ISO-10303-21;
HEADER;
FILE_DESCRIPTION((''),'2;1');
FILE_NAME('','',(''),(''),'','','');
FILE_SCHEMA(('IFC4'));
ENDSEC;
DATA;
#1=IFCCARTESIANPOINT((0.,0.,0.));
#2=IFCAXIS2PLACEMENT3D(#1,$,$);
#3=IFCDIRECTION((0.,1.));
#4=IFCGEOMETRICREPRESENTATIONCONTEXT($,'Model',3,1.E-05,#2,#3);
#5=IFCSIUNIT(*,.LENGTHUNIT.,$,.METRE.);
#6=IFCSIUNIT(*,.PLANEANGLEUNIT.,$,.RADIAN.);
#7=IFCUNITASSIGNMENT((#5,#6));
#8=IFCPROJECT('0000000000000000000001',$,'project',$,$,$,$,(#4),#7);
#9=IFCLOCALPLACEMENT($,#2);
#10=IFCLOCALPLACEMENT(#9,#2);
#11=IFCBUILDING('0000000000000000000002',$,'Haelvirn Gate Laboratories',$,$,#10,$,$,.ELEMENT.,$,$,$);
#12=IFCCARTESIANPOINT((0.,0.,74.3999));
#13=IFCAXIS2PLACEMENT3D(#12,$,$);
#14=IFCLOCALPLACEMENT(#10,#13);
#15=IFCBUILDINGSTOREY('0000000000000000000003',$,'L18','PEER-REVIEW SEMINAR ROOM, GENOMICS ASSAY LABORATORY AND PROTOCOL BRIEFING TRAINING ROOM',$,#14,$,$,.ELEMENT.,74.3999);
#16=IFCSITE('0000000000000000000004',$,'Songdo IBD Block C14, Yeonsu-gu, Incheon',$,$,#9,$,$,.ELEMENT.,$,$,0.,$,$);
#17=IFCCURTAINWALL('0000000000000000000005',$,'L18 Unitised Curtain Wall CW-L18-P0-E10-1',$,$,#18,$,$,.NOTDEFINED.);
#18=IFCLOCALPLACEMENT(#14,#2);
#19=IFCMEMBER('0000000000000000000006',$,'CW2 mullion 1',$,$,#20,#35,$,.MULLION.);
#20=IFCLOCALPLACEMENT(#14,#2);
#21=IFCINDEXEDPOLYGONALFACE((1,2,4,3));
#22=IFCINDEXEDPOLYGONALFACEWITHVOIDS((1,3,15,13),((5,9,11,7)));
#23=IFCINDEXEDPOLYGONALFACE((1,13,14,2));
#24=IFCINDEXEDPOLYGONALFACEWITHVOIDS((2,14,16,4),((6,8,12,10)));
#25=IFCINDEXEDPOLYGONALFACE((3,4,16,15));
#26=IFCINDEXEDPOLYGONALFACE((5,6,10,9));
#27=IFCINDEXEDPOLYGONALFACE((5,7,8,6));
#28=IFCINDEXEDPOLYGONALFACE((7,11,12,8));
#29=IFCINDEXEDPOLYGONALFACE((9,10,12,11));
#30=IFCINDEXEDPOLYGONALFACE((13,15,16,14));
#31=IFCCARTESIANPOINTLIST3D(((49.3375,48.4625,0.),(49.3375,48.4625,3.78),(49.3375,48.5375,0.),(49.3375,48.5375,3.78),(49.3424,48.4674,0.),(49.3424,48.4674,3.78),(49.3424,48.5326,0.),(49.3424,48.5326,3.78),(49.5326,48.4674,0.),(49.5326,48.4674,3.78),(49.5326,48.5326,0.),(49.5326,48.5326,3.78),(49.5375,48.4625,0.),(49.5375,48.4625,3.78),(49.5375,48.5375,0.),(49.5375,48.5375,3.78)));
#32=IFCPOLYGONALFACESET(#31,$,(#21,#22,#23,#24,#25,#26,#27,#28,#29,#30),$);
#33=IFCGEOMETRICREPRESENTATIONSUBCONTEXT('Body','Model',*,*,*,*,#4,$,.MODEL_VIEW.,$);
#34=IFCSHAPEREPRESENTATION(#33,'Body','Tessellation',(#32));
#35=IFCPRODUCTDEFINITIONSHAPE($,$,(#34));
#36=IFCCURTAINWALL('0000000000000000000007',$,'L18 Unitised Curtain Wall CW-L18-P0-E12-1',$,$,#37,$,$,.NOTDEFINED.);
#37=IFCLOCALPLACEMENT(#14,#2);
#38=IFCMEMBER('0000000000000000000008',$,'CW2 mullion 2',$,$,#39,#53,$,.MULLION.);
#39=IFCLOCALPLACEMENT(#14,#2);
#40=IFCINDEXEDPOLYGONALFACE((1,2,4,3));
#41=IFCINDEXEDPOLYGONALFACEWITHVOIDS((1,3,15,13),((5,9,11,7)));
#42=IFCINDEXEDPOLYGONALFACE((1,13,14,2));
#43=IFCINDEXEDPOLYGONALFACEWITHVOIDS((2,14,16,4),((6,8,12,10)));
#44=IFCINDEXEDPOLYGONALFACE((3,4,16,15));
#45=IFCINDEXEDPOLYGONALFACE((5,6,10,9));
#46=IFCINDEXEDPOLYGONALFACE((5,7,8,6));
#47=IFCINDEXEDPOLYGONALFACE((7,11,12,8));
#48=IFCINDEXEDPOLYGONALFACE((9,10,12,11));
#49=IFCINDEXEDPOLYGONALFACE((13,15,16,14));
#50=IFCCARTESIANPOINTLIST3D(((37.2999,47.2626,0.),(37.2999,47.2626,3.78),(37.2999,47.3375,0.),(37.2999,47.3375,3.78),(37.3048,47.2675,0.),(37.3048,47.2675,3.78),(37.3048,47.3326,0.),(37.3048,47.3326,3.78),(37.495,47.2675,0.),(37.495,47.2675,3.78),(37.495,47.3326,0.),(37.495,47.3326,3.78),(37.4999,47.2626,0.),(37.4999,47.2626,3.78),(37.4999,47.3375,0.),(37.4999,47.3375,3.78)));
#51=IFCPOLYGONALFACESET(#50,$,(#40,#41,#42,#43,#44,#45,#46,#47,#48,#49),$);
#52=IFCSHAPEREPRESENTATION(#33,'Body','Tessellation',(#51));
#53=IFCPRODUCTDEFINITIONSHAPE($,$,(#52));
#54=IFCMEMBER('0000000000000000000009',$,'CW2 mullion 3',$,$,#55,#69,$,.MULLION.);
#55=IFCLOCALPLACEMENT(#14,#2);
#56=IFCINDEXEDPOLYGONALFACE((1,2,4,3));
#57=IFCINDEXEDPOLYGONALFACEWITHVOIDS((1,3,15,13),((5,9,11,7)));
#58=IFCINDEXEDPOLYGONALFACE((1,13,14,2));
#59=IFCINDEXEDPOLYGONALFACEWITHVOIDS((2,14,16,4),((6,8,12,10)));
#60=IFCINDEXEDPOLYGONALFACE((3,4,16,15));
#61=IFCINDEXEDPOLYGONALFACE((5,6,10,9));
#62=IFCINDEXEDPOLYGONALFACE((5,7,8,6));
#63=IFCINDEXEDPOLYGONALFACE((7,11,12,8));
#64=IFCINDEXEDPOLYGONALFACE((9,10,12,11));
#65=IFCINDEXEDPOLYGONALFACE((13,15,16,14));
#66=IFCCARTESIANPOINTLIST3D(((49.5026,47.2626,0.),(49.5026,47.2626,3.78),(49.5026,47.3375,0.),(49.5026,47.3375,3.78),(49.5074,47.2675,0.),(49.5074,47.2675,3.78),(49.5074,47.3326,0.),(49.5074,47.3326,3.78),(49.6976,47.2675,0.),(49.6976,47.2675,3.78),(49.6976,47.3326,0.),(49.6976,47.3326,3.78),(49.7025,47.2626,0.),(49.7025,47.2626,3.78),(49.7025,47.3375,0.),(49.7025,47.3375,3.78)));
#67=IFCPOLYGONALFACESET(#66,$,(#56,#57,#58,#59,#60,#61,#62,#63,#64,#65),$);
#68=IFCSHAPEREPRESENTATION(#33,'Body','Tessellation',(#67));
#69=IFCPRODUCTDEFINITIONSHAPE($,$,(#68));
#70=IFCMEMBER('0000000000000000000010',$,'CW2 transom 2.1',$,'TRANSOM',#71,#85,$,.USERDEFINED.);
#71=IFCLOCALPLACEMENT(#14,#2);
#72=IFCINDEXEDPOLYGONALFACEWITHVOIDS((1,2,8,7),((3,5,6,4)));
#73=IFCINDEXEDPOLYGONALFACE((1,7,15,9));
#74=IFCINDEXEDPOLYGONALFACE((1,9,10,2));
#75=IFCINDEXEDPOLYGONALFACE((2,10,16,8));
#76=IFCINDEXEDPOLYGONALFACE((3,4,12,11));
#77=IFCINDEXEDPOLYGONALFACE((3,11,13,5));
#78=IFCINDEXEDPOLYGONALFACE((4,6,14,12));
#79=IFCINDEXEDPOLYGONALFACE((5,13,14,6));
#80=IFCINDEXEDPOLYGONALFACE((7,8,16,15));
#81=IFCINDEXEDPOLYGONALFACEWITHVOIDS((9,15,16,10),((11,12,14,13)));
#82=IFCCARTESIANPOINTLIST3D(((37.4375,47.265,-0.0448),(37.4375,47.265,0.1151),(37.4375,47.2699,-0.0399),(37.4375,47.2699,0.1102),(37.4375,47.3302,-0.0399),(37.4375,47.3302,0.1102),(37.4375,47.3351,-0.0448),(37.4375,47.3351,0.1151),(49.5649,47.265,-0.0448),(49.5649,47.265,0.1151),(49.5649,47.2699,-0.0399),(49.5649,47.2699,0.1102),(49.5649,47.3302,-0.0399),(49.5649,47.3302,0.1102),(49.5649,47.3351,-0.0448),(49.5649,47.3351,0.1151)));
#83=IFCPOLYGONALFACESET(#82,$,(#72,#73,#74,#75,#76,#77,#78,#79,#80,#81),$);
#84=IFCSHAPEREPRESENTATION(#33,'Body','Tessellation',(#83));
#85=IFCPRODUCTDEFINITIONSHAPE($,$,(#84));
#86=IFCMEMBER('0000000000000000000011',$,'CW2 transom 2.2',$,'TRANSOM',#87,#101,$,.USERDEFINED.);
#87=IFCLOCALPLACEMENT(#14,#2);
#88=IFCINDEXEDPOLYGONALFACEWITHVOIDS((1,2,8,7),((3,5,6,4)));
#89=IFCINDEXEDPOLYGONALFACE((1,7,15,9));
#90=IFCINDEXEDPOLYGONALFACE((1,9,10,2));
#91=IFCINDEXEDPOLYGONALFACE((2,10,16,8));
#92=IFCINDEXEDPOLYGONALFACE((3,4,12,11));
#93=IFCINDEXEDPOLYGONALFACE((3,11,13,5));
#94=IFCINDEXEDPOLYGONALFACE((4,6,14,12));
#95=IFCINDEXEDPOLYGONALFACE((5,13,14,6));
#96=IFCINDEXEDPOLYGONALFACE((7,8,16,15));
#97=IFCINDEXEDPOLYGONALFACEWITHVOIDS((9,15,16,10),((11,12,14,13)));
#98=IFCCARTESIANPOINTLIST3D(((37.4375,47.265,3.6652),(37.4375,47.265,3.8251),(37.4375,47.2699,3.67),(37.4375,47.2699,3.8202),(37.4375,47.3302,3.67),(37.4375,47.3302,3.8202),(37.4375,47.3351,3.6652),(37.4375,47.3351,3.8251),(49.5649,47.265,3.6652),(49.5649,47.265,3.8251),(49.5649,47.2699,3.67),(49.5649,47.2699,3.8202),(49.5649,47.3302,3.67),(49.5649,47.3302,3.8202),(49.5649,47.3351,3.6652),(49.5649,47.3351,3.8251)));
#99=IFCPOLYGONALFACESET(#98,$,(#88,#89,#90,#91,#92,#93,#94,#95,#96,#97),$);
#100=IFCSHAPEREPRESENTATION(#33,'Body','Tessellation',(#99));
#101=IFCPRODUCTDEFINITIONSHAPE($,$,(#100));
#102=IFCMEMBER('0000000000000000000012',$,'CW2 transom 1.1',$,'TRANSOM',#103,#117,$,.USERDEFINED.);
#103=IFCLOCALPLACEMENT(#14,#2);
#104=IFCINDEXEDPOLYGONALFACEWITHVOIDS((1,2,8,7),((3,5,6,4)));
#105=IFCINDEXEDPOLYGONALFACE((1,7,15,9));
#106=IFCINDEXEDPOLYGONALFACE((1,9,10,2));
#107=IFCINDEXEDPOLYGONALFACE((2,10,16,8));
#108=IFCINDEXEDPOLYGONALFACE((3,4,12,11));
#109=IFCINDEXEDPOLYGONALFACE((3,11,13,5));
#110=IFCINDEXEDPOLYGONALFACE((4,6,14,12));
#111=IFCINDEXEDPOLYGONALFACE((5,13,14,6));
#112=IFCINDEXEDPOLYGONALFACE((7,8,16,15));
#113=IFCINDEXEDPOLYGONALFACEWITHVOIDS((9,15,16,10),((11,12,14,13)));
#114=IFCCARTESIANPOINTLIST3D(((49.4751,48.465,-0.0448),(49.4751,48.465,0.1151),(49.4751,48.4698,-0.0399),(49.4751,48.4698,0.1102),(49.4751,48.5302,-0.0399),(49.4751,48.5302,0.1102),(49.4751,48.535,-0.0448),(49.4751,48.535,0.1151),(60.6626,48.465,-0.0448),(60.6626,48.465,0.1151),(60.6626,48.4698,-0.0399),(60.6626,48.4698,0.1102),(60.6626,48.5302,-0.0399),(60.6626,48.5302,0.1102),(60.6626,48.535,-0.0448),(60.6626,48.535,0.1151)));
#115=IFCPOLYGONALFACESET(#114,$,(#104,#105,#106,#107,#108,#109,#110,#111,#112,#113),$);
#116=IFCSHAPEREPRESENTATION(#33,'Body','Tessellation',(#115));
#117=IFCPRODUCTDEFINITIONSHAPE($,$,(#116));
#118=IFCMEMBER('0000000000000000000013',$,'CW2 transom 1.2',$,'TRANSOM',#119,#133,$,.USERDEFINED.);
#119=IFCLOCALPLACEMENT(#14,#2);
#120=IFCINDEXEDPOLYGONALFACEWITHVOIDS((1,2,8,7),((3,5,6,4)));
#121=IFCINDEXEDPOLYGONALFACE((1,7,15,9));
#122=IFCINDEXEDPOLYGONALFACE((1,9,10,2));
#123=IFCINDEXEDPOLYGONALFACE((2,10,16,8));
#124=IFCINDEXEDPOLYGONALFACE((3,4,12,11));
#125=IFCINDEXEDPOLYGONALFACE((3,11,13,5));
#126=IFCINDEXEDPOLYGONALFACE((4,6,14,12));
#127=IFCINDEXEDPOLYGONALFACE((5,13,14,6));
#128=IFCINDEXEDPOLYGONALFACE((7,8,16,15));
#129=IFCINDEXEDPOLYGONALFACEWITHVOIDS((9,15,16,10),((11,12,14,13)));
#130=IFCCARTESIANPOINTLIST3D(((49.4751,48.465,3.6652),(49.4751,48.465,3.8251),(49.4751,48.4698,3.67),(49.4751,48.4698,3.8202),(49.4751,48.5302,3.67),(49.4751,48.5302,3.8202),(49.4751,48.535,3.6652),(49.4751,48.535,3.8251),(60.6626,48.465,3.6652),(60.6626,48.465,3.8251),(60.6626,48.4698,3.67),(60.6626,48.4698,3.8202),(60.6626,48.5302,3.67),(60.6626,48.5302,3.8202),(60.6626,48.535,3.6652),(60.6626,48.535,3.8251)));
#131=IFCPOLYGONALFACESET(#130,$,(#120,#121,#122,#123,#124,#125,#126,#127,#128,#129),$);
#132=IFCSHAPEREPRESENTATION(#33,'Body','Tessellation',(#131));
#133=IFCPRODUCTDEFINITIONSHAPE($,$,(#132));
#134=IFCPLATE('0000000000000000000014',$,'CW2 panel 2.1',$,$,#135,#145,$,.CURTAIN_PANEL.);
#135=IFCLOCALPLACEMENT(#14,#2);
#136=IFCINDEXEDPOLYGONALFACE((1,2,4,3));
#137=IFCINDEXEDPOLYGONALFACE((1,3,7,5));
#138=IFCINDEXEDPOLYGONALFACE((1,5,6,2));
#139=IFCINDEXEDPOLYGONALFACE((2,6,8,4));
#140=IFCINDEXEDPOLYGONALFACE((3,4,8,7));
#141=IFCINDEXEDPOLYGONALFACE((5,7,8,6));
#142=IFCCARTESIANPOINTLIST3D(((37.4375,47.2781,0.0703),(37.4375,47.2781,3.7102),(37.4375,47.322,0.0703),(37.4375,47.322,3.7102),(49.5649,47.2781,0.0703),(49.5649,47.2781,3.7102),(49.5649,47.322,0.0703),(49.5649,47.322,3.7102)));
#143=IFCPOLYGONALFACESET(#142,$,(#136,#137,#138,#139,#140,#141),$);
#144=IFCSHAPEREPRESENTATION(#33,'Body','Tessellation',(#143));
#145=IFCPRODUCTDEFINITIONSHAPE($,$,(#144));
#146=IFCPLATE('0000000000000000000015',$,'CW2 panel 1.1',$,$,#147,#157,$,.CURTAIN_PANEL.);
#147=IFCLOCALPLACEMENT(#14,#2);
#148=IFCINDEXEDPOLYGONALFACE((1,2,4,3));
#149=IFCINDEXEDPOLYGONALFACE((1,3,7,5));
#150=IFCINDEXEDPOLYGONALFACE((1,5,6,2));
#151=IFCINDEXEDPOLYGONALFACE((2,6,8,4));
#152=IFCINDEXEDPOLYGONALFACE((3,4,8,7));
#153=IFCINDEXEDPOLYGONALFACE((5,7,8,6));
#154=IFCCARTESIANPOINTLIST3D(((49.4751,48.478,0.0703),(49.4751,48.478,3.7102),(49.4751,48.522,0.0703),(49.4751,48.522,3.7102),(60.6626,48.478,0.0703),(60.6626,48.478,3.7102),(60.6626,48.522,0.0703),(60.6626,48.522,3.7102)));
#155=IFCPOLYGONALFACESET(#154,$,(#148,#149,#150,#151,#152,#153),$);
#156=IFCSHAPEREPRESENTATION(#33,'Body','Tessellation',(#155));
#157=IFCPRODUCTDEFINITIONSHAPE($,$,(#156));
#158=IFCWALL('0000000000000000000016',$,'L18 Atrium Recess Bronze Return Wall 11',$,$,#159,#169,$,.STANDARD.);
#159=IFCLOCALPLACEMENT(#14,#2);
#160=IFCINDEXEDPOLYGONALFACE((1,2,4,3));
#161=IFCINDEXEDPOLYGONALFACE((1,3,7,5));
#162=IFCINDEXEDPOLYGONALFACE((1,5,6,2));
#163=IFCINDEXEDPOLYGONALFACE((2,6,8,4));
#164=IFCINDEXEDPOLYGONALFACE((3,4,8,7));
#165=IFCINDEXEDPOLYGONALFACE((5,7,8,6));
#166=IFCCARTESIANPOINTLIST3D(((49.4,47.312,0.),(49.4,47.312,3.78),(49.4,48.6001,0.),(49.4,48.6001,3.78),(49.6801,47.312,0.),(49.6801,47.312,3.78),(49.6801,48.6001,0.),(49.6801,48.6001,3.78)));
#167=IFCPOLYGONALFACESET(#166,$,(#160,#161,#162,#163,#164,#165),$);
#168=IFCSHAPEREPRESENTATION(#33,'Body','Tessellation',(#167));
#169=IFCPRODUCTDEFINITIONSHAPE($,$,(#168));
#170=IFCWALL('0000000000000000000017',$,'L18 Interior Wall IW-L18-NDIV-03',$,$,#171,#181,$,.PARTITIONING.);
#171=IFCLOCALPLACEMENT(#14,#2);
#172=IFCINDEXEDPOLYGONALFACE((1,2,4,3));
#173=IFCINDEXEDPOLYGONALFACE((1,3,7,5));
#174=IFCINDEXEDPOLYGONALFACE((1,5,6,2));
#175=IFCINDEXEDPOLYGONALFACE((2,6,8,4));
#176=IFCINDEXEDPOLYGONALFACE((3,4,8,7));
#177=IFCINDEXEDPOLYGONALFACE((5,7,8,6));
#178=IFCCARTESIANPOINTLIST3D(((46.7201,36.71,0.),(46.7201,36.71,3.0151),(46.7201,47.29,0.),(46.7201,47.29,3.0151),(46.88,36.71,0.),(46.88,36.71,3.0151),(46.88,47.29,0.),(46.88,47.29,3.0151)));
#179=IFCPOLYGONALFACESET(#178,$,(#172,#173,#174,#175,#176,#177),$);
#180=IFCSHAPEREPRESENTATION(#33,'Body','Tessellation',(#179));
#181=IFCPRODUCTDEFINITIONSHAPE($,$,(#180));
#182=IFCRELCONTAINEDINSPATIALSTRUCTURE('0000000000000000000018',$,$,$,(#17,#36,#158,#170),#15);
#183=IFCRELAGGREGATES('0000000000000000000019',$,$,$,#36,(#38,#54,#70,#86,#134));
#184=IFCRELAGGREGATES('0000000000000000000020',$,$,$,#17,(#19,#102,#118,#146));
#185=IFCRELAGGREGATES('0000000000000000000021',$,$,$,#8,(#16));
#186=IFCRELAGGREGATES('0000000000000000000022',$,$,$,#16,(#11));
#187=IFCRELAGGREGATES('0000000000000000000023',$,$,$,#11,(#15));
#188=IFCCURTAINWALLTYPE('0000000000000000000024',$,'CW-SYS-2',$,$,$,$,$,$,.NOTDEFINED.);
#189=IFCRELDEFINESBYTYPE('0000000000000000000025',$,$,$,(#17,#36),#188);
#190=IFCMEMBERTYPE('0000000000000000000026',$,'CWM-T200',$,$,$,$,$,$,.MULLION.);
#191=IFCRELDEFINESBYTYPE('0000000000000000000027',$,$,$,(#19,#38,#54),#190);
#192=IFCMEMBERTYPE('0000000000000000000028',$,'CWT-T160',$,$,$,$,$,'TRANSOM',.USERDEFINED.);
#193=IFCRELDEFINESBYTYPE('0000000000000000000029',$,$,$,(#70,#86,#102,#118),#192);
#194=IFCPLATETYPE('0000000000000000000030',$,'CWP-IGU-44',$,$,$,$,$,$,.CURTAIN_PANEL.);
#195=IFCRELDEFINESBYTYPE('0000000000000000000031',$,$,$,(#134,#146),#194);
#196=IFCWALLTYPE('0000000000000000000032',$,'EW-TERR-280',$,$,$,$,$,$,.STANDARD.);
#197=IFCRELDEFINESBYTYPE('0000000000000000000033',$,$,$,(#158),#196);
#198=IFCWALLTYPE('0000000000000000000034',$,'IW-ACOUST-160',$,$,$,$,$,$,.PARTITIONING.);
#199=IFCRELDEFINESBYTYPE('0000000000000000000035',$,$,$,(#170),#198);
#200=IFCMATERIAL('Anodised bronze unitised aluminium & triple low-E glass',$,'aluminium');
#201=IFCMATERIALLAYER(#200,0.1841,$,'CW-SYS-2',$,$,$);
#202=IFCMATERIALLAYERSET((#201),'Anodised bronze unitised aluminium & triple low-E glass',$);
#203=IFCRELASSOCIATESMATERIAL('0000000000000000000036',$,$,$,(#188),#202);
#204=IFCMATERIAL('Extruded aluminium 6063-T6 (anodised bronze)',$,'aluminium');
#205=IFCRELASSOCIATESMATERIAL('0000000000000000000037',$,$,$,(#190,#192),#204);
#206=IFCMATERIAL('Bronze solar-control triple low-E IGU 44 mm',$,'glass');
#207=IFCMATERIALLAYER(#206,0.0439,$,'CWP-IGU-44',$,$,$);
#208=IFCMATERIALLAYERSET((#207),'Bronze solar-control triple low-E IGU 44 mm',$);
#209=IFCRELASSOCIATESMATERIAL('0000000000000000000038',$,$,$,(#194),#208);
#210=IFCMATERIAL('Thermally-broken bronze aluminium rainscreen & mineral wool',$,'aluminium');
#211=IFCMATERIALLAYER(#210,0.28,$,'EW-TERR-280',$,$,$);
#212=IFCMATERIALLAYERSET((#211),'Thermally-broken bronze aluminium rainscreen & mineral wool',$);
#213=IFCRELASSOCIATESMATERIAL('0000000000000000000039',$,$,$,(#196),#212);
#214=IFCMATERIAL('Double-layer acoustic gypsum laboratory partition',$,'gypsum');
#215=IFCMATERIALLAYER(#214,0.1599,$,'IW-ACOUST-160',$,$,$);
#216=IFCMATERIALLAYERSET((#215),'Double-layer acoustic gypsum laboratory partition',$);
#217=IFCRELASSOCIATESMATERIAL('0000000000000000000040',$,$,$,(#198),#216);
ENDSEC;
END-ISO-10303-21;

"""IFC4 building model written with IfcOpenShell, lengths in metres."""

from ifc_helpers import new_model, si_unit, direction, frame, frame_2d, origin, origin_2d, place, context, subcontext, project, spatial, rectangle, hollow_rectangle, extrude, source, transform, mapped, material, layer, layer_set, material_profile, profile_set, type_object, type_shapes, element, aggregate, save


model = new_model("IFC4")

# Units and contexts
model_context = context("Model", 3, precision=1e-05, world=origin(), true_north=direction((0.0, 1.0)))
body_context = subcontext(model_context, "Body", "Model", "MODEL_VIEW")
ifc_project = project(units=[si_unit("LENGTHUNIT", "METRE"), si_unit("PLANEANGLEUNIT", "RADIAN")], contexts=[model_context])

# Site, building, storey
site_placement = place(None, origin())
site = spatial("IfcSite", under=ifc_project, at=site_placement, Name="Songdo IBD Block C14, Yeonsu-gu, Incheon", CompositionType="ELEMENT", RefElevation=0.0)
building_placement = place(site_placement, origin())
building = spatial("IfcBuilding", under=site, at=building_placement, Name="Haelvirn Gate Laboratories", CompositionType="ELEMENT")
storey_placement = place(building_placement, frame((0.0, 0.0, 74.3999)))
storey = spatial("IfcBuildingStorey", under=building, at=storey_placement, Name="L18", Description="PEER-REVIEW SEMINAR ROOM, GENOMICS ASSAY LABORATORY AND PROTOCOL BRIEFING TRAINING ROOM", CompositionType="ELEMENT", Elevation=74.3999)

# Curtain wall, member
ifc_material_1 = material(Name="Anodised bronze unitised aluminium & triple low-E glass", Category="aluminium")
ifc_layer_1 = layer(ifc_material_1, 0.1841, Name="CW-SYS-2")
ifc_layer_set_1 = layer_set([ifc_layer_1], Name="Anodised bronze unitised aluminium & triple low-E glass")
curtain_wall_type = type_object("IfcCurtainWallType", Name="CW-SYS-2", PredefinedType="NOTDEFINED", material=ifc_layer_set_1)
curtain_wall_1_placement = place(storey_placement, origin())
curtain_wall_1 = element("IfcCurtainWall", 1, at=curtain_wall_1_placement, inside=storey, type_object=curtain_wall_type, Name="L18 Unitised Curtain Wall CW-L18-P0-E10-1", PredefinedType="NOTDEFINED")
ifc_material_2 = material(Name="Extruded aluminium 6063-T6 (anodised bronze)", Category="aluminium")
ifc_material_profile_1 = material_profile(ifc_material_2, hollow_rectangle(XDim=0.075, YDim=0.2, WallThickness=0.0049, at=origin_2d()), Name="CWM-200x75x5")
ifc_profile_set_1 = profile_set([ifc_material_profile_1], Name="Extruded aluminium 6063-T6 (anodised bronze)")
member_type_1 = type_object("IfcMemberType", Name="CWM-T200", PredefinedType="MULLION", material=ifc_profile_set_1)
shared_shape_1 = source(origin(), body_context, "Body", "SweptSolid", [
    extrude(hollow_rectangle(XDim=0.075, YDim=0.2, WallThickness=0.0049, at=origin_2d()), origin(), (0.0, 0.0, 1.0), 3.78),
])
type_shapes(member_type_1, [shared_shape_1])
member_1_placement = place(storey_placement, frame((49.4375, 48.5, 0.0), z_axis=(0.0, 0.0, 1.0), x_axis=(0.0, 1.0, 0.0)))
member_1 = element("IfcMember", 2, at=member_1_placement, type_object=member_type_1, Name="CW2 mullion 1", PredefinedType="MULLION", context=body_context, shape_type="MappedRepresentation", body=[
    mapped(shared_shape_1, transform((0.0, 0.0, 0.0), scale=1.0)),
])

# Curtain wall, members
curtain_wall_2_placement = place(storey_placement, origin())
curtain_wall_2 = element("IfcCurtainWall", 3, at=curtain_wall_2_placement, inside=storey, type_object=curtain_wall_type, Name="L18 Unitised Curtain Wall CW-L18-P0-E12-1", PredefinedType="NOTDEFINED")
member_2_placement = place(storey_placement, frame((37.3999, 47.3, 0.0), z_axis=(0.0, 0.0, 1.0), x_axis=(0.0, 1.0, 0.0)))
member_2 = element("IfcMember", 4, at=member_2_placement, type_object=member_type_1, Name="CW2 mullion 2", PredefinedType="MULLION", context=body_context, shape_type="MappedRepresentation", body=[
    mapped(shared_shape_1, transform((0.0, 0.0, 0.0), scale=1.0)),
])
member_3_placement = place(storey_placement, frame((49.6025, 47.3, 0.0), z_axis=(0.0, 0.0, 1.0), x_axis=(0.0, 1.0, 0.0)))
member_3 = element("IfcMember", 5, at=member_3_placement, type_object=member_type_1, Name="CW2 mullion 3", PredefinedType="MULLION", context=body_context, shape_type="MappedRepresentation", body=[
    mapped(shared_shape_1, transform((0.0, 0.0, 0.0), scale=1.0)),
])
ifc_material_profile_2 = material_profile(ifc_material_2, hollow_rectangle(XDim=0.0701, YDim=0.1599, WallThickness=0.0049, at=origin_2d()), Name="CWT-160x70x5")
ifc_profile_set_2 = profile_set([ifc_material_profile_2], Name="Extruded aluminium 6063-T6 (anodised bronze)")
member_type_2 = type_object("IfcMemberType", Name="CWT-T160", ElementType="TRANSOM", PredefinedType="USERDEFINED", material=ifc_profile_set_2)
shared_shape_2 = source(origin(), body_context, "Body", "SweptSolid", [
    extrude(hollow_rectangle(XDim=0.0701, YDim=0.1599, WallThickness=0.0049, at=origin_2d()), origin(), (0.0, 0.0, 1.0), 12.1274),
])
member_4_placement = place(storey_placement, frame((37.4375, 47.3, 0.0352), z_axis=(1.0, 0.0, 0.0), x_axis=(0.0, 1.0, 0.0)))
member_4 = element("IfcMember", 6, at=member_4_placement, type_object=member_type_2, Name="CW2 transom 2.1", ObjectType="TRANSOM", PredefinedType="USERDEFINED", context=body_context, shape_type="MappedRepresentation", body=[
    mapped(shared_shape_2, transform((0.0, 0.0, 0.0), scale=1.0)),
])
member_5_placement = place(storey_placement, frame((37.4375, 47.3, 3.7451), z_axis=(1.0, 0.0, 0.0), x_axis=(0.0, 1.0, 0.0)))
member_5 = element("IfcMember", 7, at=member_5_placement, type_object=member_type_2, Name="CW2 transom 2.2", ObjectType="TRANSOM", PredefinedType="USERDEFINED", context=body_context, shape_type="MappedRepresentation", body=[
    mapped(shared_shape_2, transform((0.0, 0.0, 0.0), scale=1.0)),
])

# Members
shared_shape_3 = source(origin(), body_context, "Body", "SweptSolid", [
    extrude(hollow_rectangle(XDim=0.0701, YDim=0.1599, WallThickness=0.0049, at=origin_2d()), origin(), (0.0, 0.0, 1.0), 11.1875),
])
type_shapes(member_type_2, [shared_shape_2, shared_shape_3])
member_6_placement = place(storey_placement, frame((49.4751, 48.5, 0.0352), z_axis=(1.0, 0.0, 0.0), x_axis=(0.0, 1.0, 0.0)))
member_6 = element("IfcMember", 8, at=member_6_placement, type_object=member_type_2, Name="CW2 transom 1.1", ObjectType="TRANSOM", PredefinedType="USERDEFINED", context=body_context, shape_type="MappedRepresentation", body=[
    mapped(shared_shape_3, transform((0.0, 0.0, 0.0), scale=1.0)),
])
member_7_placement = place(storey_placement, frame((49.4751, 48.5, 3.7451), z_axis=(1.0, 0.0, 0.0), x_axis=(0.0, 1.0, 0.0)))
member_7 = element("IfcMember", 9, at=member_7_placement, type_object=member_type_2, Name="CW2 transom 1.2", ObjectType="TRANSOM", PredefinedType="USERDEFINED", context=body_context, shape_type="MappedRepresentation", body=[
    mapped(shared_shape_3, transform((0.0, 0.0, 0.0), scale=1.0)),
])

# Plates
ifc_material_3 = material(Name="Bronze solar-control triple low-E IGU 44 mm", Category="glass")
ifc_layer_2 = layer(ifc_material_3, 0.0439, Name="CWP-IGU-44")
ifc_layer_set_2 = layer_set([ifc_layer_2], Name="Bronze solar-control triple low-E IGU 44 mm")
plate_type = type_object("IfcPlateType", Name="CWP-IGU-44", PredefinedType="CURTAIN_PANEL", material=ifc_layer_set_2)
shared_shape_4 = source(origin(), body_context, "Body", "SweptSolid", [
    extrude(rectangle(XDim=12.1274, YDim=0.0439, at=origin_2d()), origin(), (0.0, 0.0, 1.0), 3.6399),
])
plate_1_placement = place(storey_placement, frame((43.5012, 47.3, 0.0703), z_axis=(0.0, 0.0, 1.0), x_axis=(1.0, 0.0, 0.0)))
plate_1 = element("IfcPlate", 10, at=plate_1_placement, type_object=plate_type, Name="CW2 panel 2.1", PredefinedType="CURTAIN_PANEL", context=body_context, shape_type="MappedRepresentation", body=[
    mapped(shared_shape_4, transform((0.0, 0.0, 0.0), scale=1.0)),
])
aggregate(curtain_wall_2, [member_2, member_3, member_4, member_5, plate_1])
shared_shape_5 = source(origin(), body_context, "Body", "SweptSolid", [
    extrude(rectangle(XDim=11.1875, YDim=0.0439, at=origin_2d()), origin(), (0.0, 0.0, 1.0), 3.6399),
])
type_shapes(plate_type, [shared_shape_4, shared_shape_5])
plate_2_placement = place(storey_placement, frame((55.0688, 48.5, 0.0703), z_axis=(0.0, 0.0, 1.0), x_axis=(1.0, 0.0, 0.0)))
plate_2 = element("IfcPlate", 11, at=plate_2_placement, type_object=plate_type, Name="CW2 panel 1.1", PredefinedType="CURTAIN_PANEL", context=body_context, shape_type="MappedRepresentation", body=[
    mapped(shared_shape_5, transform((0.0, 0.0, 0.0), scale=1.0)),
])
aggregate(curtain_wall_1, [member_1, member_6, member_7, plate_2])

# Walls
ifc_material_4 = material(Name="Thermally-broken bronze aluminium rainscreen & mineral wool", Category="aluminium")
ifc_layer_3 = layer(ifc_material_4, 0.28, Name="EW-TERR-280")
ifc_layer_set_3 = layer_set([ifc_layer_3], Name="Thermally-broken bronze aluminium rainscreen & mineral wool")
wall_type_1 = type_object("IfcWallType", Name="EW-TERR-280", PredefinedType="STANDARD", material=ifc_layer_set_3)
wall_1_placement = place(storey_placement, frame((49.54, 48.6001, 0.0), z_axis=(0.0, 0.0, 1.0), x_axis=(0.0, -1.0, 0.0)))
element("IfcWall", 12, at=wall_1_placement, inside=storey, type_object=wall_type_1, Name="L18 Atrium Recess Bronze Return Wall 11", PredefinedType="STANDARD", context=body_context, shape_type="SweptSolid", body=[
    extrude(rectangle(XDim=1.2881, YDim=0.28, at=frame_2d((0.644, 0.0))), origin(), (0.0, 0.0, 1.0), 3.78),
])
ifc_material_5 = material(Name="Double-layer acoustic gypsum laboratory partition", Category="gypsum")
ifc_layer_4 = layer(ifc_material_5, 0.1599, Name="IW-ACOUST-160")
ifc_layer_set_4 = layer_set([ifc_layer_4], Name="Double-layer acoustic gypsum laboratory partition")
wall_type_2 = type_object("IfcWallType", Name="IW-ACOUST-160", PredefinedType="PARTITIONING", material=ifc_layer_set_4)
wall_2_placement = place(storey_placement, frame((46.8, 36.71, 0.0), z_axis=(0.0, 0.0, 1.0), x_axis=(0.0, 1.0, 0.0)))
element("IfcWall", 13, at=wall_2_placement, inside=storey, type_object=wall_type_2, Name="L18 Interior Wall IW-L18-NDIV-03", PredefinedType="PARTITIONING", context=body_context, shape_type="SweptSolid", body=[
    extrude(rectangle(XDim=10.5801, YDim=0.1599, at=frame_2d((5.29, 0.0))), origin(), (0.0, 0.0, 1.0), 3.0151),
])

save(model, "model.ifc")
